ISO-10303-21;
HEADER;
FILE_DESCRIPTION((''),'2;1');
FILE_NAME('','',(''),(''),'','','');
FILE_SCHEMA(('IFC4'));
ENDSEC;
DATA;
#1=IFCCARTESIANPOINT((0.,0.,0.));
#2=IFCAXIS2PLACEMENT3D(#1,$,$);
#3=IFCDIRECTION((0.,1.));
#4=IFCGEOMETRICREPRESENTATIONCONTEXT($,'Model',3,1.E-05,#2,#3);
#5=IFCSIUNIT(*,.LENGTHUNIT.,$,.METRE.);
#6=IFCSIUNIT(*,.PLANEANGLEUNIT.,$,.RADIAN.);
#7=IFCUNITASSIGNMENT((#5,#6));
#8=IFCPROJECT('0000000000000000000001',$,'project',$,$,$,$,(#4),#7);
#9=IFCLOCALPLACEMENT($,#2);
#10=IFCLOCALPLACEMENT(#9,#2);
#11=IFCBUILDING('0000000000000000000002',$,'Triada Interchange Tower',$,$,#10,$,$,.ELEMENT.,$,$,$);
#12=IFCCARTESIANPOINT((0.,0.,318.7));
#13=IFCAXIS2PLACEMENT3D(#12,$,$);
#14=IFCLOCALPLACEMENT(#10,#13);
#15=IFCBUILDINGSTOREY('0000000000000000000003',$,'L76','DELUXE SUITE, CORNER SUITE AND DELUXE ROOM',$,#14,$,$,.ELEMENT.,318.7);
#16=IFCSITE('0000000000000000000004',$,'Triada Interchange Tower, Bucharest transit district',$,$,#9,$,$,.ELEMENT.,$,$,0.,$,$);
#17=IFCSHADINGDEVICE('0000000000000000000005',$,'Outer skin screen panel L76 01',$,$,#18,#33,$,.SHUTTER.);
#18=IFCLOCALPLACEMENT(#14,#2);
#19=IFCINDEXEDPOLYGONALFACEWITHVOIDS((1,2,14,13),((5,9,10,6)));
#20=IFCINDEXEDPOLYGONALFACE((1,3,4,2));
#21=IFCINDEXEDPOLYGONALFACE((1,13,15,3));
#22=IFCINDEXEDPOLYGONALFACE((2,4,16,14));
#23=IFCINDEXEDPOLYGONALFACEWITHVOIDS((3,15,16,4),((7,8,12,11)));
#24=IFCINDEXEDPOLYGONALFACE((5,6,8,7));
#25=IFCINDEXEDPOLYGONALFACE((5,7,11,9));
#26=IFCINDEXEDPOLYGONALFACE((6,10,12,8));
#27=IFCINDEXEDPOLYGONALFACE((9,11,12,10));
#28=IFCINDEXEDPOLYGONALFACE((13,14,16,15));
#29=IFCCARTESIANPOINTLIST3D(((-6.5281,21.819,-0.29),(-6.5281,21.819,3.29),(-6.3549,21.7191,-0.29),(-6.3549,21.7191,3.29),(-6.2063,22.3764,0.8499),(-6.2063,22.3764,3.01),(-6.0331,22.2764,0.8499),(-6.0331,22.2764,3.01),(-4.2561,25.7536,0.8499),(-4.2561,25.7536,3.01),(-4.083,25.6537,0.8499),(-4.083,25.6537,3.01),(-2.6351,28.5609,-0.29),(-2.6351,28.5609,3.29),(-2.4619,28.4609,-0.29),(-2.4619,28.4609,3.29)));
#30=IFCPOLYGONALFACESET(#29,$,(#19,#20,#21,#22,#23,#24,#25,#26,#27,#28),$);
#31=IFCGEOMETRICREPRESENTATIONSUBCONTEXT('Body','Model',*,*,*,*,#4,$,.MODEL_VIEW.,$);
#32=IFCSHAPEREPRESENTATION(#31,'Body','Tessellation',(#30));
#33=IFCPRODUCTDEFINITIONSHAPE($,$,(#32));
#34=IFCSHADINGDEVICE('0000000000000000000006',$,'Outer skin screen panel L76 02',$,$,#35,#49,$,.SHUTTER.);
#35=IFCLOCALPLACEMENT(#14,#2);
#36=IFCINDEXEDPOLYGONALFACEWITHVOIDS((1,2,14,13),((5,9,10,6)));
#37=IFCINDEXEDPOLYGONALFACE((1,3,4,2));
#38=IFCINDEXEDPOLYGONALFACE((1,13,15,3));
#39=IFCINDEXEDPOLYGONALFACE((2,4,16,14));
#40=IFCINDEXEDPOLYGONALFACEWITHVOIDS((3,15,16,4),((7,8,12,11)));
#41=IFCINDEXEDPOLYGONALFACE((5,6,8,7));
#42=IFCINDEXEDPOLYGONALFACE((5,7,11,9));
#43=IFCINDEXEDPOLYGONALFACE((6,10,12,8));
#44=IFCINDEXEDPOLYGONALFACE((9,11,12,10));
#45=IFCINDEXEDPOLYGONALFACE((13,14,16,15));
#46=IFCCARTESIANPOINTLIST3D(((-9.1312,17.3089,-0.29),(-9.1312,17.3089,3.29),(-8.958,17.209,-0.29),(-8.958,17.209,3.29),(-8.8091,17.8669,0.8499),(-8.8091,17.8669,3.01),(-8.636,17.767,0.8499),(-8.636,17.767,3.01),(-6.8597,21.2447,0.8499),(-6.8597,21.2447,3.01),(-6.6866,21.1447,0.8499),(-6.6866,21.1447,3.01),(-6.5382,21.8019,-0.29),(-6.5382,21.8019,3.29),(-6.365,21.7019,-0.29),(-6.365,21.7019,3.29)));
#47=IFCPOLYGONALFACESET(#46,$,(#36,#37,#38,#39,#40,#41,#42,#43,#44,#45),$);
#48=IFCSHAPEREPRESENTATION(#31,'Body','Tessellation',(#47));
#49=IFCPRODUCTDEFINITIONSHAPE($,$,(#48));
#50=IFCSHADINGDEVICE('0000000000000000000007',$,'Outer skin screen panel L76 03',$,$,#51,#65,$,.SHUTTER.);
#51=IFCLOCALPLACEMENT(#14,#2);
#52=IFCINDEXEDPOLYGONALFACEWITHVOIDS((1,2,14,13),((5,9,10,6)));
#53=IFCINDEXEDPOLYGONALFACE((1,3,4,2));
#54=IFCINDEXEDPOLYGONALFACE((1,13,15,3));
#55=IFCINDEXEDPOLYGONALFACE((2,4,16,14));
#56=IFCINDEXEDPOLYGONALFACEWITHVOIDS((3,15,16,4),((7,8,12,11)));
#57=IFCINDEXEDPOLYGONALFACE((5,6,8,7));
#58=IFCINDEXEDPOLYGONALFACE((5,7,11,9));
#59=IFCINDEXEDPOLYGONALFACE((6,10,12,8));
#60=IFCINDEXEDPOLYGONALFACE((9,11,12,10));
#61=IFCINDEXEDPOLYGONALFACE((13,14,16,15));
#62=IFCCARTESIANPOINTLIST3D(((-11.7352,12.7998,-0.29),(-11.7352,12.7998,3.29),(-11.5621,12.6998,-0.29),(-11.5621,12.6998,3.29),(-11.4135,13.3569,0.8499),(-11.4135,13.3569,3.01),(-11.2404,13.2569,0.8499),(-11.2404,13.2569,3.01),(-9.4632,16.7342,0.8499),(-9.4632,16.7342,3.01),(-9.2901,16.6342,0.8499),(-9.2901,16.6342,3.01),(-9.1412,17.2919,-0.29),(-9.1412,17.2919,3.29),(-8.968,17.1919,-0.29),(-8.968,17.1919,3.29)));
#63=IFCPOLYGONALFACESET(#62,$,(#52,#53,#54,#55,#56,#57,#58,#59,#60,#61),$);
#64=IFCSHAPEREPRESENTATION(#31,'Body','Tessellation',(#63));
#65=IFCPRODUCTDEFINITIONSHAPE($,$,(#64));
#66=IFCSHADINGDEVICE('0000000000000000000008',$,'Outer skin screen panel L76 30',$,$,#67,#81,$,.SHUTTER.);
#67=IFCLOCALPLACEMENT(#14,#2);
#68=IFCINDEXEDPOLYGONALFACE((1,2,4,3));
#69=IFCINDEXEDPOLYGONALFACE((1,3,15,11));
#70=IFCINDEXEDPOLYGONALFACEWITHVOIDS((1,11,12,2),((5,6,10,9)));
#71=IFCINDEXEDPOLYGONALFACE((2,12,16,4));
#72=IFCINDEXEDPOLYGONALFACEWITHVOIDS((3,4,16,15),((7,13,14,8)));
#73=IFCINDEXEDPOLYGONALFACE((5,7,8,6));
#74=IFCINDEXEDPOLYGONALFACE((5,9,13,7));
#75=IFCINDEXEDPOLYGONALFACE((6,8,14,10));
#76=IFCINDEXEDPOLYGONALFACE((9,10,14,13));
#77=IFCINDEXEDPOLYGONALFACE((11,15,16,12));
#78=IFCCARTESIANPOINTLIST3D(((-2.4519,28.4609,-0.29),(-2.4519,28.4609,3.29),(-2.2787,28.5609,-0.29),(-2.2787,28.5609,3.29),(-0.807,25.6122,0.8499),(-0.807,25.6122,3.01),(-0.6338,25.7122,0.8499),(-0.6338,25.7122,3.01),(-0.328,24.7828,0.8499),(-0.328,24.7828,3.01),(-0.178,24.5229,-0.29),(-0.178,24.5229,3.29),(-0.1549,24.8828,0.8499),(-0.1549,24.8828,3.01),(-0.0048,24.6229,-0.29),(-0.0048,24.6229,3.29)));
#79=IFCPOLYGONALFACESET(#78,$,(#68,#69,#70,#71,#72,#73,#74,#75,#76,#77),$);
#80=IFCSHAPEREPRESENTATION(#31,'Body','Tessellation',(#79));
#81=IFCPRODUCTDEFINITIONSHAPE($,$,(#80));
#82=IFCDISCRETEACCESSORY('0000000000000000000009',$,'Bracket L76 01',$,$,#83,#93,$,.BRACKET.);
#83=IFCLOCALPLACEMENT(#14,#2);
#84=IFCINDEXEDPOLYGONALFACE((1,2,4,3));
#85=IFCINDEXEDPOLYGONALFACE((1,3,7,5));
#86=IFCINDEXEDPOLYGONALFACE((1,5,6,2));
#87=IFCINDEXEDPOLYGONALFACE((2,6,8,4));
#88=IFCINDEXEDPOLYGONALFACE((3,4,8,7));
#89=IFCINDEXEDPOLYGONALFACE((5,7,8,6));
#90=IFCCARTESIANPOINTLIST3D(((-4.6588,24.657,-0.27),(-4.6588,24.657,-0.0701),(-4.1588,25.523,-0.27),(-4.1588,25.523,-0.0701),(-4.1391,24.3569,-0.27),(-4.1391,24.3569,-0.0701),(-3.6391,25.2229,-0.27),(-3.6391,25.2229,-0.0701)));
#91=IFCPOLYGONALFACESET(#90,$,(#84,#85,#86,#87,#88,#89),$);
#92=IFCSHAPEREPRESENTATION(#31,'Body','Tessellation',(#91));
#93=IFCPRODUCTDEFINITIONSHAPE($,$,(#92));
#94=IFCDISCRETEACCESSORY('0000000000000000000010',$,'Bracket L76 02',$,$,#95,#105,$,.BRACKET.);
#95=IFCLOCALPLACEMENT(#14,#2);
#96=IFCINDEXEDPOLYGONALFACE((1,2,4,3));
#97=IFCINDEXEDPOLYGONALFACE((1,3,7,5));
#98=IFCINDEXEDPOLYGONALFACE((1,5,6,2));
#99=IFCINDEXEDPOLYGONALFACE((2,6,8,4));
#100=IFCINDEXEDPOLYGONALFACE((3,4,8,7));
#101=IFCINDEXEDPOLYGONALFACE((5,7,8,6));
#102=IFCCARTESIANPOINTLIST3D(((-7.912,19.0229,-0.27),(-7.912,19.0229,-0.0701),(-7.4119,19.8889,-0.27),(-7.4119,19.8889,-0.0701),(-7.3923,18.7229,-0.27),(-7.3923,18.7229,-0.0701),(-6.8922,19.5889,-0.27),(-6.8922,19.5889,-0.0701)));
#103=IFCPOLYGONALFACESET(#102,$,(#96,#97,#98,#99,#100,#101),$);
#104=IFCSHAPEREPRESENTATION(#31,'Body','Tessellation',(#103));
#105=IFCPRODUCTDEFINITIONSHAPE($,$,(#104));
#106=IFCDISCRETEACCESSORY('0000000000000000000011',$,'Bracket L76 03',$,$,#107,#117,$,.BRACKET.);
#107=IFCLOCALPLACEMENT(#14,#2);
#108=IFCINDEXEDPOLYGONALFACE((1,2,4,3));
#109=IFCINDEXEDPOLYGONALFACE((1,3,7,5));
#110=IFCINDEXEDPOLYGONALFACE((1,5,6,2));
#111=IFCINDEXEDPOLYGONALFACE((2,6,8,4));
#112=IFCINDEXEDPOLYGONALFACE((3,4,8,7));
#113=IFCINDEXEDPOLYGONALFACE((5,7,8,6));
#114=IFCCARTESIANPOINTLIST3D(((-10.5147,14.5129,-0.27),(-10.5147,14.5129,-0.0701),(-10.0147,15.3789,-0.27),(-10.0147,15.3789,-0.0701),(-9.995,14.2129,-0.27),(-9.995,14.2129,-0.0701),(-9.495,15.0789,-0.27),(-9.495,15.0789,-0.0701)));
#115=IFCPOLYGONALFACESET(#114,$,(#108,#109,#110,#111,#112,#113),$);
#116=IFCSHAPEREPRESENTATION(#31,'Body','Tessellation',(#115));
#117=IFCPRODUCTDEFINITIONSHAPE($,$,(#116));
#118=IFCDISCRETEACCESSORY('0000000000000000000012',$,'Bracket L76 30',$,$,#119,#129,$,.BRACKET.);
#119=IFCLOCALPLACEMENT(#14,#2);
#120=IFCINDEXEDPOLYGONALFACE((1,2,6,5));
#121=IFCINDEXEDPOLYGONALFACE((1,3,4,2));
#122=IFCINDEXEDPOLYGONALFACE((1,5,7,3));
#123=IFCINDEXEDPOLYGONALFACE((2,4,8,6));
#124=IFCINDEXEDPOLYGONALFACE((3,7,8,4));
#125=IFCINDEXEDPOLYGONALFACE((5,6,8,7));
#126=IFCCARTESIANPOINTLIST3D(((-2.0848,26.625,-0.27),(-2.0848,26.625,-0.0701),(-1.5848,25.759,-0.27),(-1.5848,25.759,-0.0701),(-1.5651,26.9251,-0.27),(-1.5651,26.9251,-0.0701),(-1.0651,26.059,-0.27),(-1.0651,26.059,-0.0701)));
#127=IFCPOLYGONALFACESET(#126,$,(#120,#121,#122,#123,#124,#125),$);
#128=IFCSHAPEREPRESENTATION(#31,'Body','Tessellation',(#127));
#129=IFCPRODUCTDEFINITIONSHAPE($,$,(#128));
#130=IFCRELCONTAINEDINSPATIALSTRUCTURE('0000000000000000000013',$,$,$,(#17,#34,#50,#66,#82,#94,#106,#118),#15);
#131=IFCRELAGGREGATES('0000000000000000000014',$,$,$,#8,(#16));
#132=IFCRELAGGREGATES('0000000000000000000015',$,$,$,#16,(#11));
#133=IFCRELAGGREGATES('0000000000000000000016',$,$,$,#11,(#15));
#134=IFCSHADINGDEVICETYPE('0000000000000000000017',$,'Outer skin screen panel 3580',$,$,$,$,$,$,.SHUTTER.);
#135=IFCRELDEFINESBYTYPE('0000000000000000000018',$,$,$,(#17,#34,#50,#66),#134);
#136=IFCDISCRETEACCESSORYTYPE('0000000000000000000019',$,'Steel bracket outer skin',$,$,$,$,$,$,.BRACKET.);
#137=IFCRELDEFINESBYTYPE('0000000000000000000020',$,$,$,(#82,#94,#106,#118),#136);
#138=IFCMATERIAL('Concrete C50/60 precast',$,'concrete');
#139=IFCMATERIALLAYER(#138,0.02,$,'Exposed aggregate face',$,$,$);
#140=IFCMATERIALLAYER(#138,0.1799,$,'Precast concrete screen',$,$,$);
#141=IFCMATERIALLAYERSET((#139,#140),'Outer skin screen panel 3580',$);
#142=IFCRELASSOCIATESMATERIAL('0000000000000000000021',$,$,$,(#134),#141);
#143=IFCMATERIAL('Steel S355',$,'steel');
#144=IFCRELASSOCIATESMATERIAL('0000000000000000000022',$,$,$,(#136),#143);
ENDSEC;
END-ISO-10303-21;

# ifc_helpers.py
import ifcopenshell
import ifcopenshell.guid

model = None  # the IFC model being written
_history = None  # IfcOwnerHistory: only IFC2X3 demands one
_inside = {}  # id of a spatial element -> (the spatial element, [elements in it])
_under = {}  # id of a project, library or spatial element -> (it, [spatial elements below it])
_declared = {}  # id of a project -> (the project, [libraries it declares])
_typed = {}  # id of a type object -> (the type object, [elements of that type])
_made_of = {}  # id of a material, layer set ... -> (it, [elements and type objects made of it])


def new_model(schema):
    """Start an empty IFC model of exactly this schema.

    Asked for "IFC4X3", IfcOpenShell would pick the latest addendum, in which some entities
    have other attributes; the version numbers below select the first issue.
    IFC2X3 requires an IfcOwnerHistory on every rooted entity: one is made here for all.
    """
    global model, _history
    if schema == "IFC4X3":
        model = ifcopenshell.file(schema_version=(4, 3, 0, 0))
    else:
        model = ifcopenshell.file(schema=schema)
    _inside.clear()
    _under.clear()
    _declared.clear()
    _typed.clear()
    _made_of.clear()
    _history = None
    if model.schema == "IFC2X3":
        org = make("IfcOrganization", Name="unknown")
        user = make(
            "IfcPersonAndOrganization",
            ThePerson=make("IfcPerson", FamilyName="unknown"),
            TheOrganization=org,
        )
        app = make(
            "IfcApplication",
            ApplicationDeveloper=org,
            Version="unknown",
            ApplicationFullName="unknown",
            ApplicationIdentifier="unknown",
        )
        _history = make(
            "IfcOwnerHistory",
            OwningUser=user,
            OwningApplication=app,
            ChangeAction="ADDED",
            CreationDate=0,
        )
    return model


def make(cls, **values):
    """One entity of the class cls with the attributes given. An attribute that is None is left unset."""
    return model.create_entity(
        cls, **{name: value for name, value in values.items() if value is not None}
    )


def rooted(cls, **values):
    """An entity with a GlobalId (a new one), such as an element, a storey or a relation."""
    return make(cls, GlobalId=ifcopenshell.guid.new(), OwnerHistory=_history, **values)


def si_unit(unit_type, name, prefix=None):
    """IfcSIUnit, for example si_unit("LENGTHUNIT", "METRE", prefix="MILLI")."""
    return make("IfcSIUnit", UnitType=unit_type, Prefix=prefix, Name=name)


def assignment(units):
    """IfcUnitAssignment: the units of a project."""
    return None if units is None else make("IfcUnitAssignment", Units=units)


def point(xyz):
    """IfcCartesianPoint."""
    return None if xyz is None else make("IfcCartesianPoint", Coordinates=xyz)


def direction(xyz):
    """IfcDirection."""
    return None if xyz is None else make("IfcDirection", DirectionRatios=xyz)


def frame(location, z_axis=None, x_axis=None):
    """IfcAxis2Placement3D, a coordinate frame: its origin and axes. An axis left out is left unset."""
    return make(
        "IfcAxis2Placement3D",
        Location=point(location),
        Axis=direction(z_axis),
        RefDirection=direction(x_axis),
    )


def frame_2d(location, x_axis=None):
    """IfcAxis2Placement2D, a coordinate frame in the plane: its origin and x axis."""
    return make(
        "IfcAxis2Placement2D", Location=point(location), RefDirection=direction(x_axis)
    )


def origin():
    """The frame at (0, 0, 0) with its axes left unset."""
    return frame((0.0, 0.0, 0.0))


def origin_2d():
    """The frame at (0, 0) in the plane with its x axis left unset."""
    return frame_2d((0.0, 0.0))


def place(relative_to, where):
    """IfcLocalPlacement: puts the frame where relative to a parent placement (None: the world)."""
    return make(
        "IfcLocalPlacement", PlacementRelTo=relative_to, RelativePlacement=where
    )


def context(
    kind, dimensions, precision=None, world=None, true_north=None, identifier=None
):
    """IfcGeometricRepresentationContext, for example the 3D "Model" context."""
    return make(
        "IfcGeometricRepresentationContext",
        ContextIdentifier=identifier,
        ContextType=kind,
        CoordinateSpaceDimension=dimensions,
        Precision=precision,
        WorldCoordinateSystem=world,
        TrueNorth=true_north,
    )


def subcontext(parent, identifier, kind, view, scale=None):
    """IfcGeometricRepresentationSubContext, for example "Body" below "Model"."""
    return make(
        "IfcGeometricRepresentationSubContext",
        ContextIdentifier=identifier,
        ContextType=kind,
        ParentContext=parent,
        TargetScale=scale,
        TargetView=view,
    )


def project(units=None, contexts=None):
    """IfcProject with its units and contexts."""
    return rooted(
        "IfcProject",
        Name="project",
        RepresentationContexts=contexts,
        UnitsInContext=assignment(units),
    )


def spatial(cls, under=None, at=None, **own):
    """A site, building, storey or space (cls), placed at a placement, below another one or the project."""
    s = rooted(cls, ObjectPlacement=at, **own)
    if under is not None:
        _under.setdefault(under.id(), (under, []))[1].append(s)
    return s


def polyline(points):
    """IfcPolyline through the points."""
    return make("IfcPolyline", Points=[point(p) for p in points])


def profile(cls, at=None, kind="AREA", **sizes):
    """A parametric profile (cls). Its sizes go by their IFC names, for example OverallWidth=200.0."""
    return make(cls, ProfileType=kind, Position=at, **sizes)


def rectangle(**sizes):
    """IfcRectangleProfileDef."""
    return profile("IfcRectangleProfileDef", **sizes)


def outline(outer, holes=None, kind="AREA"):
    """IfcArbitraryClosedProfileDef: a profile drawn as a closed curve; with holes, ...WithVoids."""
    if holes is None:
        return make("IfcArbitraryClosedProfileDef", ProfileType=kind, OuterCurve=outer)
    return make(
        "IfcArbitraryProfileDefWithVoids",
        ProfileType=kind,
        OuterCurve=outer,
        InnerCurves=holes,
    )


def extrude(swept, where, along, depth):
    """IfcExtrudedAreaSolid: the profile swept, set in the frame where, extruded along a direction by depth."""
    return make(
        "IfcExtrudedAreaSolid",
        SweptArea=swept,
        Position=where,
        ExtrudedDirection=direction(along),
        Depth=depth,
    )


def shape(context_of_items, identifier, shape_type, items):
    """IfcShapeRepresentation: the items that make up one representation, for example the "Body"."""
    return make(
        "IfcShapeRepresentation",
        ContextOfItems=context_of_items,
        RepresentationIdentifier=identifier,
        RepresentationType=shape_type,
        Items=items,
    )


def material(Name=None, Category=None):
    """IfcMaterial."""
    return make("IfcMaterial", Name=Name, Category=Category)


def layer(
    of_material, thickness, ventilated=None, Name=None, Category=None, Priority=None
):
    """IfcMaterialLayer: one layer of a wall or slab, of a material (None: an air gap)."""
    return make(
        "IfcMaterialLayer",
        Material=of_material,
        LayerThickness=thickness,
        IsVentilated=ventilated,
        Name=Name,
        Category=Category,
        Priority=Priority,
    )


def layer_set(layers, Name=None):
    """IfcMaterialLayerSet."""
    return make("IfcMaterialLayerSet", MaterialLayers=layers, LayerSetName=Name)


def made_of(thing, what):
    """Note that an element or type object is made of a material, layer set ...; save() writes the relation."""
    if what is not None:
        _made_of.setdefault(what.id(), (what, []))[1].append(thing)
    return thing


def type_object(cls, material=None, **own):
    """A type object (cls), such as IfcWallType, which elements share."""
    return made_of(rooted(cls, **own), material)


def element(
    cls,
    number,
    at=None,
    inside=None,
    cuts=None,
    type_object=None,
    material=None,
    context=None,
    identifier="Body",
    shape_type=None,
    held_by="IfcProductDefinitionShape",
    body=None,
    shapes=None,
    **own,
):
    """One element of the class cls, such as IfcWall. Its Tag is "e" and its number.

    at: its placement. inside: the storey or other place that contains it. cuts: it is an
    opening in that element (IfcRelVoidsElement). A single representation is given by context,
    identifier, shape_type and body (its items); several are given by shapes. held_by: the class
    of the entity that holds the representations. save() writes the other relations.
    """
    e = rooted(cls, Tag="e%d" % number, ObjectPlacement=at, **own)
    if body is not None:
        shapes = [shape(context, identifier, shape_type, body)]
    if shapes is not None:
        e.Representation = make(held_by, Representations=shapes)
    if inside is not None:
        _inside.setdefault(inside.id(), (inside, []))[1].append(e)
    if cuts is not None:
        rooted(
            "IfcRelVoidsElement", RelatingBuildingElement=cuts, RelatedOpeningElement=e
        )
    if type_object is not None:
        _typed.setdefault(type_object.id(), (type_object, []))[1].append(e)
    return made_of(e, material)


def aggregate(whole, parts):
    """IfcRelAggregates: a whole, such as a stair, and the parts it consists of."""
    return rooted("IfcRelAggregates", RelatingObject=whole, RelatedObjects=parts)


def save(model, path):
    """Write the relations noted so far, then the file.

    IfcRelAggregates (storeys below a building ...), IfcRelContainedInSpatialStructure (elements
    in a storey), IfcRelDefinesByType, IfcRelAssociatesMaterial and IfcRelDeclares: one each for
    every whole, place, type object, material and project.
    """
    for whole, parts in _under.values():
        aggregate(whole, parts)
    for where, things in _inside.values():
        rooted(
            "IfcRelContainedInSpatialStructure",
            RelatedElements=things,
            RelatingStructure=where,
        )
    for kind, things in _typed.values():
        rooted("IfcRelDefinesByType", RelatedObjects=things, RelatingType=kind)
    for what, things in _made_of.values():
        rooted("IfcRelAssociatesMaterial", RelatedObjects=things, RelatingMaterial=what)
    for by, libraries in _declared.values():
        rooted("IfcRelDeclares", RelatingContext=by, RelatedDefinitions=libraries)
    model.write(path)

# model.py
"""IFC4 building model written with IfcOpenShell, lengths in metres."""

from ifc_helpers import new_model, si_unit, direction, frame, origin, origin_2d, place, context, subcontext, project, spatial, polyline, rectangle, outline, extrude, material, layer, layer_set, type_object, element, save


model = new_model("IFC4")

# Units and contexts
model_context = context("Model", 3, precision=1e-05, world=origin(), true_north=direction((0.0, 1.0)))
body_context = subcontext(model_context, "Body", "Model", "MODEL_VIEW")
ifc_project = project(units=[si_unit("LENGTHUNIT", "METRE"), si_unit("PLANEANGLEUNIT", "RADIAN")], contexts=[model_context])

# Site, building, storey
site_placement = place(None, origin())
site = spatial("IfcSite", under=ifc_project, at=site_placement, Name="Triada Interchange Tower, Bucharest transit district", CompositionType="ELEMENT", RefElevation=0.0)
building_placement = place(site_placement, origin())
building = spatial("IfcBuilding", under=site, at=building_placement, Name="Triada Interchange Tower", CompositionType="ELEMENT")
storey_placement = place(building_placement, frame((0.0, 0.0, 318.7)))
storey = spatial("IfcBuildingStorey", under=building, at=storey_placement, Name="L76", Description="DELUXE SUITE, CORNER SUITE AND DELUXE ROOM", CompositionType="ELEMENT", Elevation=318.7)

# Shading devices
ifc_material_1 = material(Name="Concrete C50/60 precast", Category="concrete")
ifc_layer_1 = layer(ifc_material_1, 0.02, Name="Exposed aggregate face")
ifc_layer_2 = layer(ifc_material_1, 0.1799, Name="Precast concrete screen")
ifc_layer_set_1 = layer_set([ifc_layer_1, ifc_layer_2], Name="Outer skin screen panel 3580")
shading_device_type = type_object("IfcShadingDeviceType", Name="Outer skin screen panel 3580", PredefinedType="SHUTTER", material=ifc_layer_set_1)
shading_device_1_placement = place(storey_placement, frame((-2.4619, 28.4609, -0.29), z_axis=(0.0, 0.0, 1.0), x_axis=(-0.500058, -0.865992, 0.0)))
element("IfcShadingDevice", 1, at=shading_device_1_placement, inside=storey, type_object=shading_device_type, Name="Outer skin screen panel L76 01", PredefinedType="SHUTTER", context=body_context, shape_type="SweptSolid", body=[
    extrude(outline(polyline([(0.0, 0.0), (7.7852, 0.0), (7.7852, 3.5801), (0.0, 3.5801), (0.0, 0.0)]), holes=[polyline([(3.2417, 1.1399), (3.2417, 3.3), (7.1416, 3.3), (7.1416, 1.1399), (3.2417, 1.1399)])]), frame((0.0, 0.0, 0.0), z_axis=(0.0, -1.0, 0.0), x_axis=(1.0, 0.0, 0.0)), (0.0, 0.0, 1.0), 0.2),
])
shading_device_2_placement = place(storey_placement, frame((-6.365, 21.7019, -0.29), z_axis=(0.0, 0.0, 1.0), x_axis=(-0.49986, -0.866106, 0.0)))
element("IfcShadingDevice", 2, at=shading_device_2_placement, inside=storey, type_object=shading_device_type, Name="Outer skin screen panel L76 02", PredefinedType="SHUTTER", context=body_context, shape_type="SweptSolid", body=[
    extrude(outline(polyline([(0.0, 0.0), (5.1875, 0.0), (5.1875, 3.5801), (0.0, 3.5801), (0.0, 0.0)]), holes=[polyline([(0.6433, 1.1399), (0.6433, 3.3), (4.5432, 3.3), (4.5432, 1.1399), (0.6433, 1.1399)])]), frame((0.0, 0.0, 0.0), z_axis=(0.0, -1.0, 0.0), x_axis=(1.0, 0.0, 0.0)), (0.0, 0.0, 1.0), 0.2),
])
shading_device_3_placement = place(storey_placement, frame((-8.968, 17.1919, -0.29), z_axis=(0.0, 0.0, 1.0), x_axis=(-0.500082, -0.865978, 0.0)))
element("IfcShadingDevice", 3, at=shading_device_3_placement, inside=storey, type_object=shading_device_type, Name="Outer skin screen panel L76 03", PredefinedType="SHUTTER", context=body_context, shape_type="SweptSolid", body=[
    extrude(outline(polyline([(0.0, 0.0), (5.1873, 0.0), (5.1873, 3.5801), (0.0, 3.5801), (0.0, 0.0)]), holes=[polyline([(0.644, 1.1399), (0.644, 3.3), (4.5439, 3.3), (4.5439, 1.1399), (0.644, 1.1399)])]), frame((0.0, 0.0, 0.0), z_axis=(0.0, -1.0, 0.0), x_axis=(1.0, 0.0, 0.0)), (0.0, 0.0, 1.0), 0.2),
])
shading_device_4_placement = place(storey_placement, frame((-0.178, 24.5229, -0.29), z_axis=(0.0, 0.0, 1.0), x_axis=(-0.500054, 0.865994, 0.0)))
element("IfcShadingDevice", 4, at=shading_device_4_placement, inside=storey, type_object=shading_device_type, Name="Outer skin screen panel L76 30", PredefinedType="SHUTTER", context=body_context, shape_type="SweptSolid", body=[
    extrude(outline(polyline([(0.0, 0.0), (4.5474, 0.0), (4.5474, 3.5801), (0.0, 3.5801), (0.0, 0.0)]), holes=[polyline([(0.3, 1.1399), (0.3, 3.3), (1.2578, 3.3), (1.2578, 1.1399), (0.3, 1.1399)])]), frame((0.0, 0.0, 0.0), z_axis=(0.0, -1.0, 0.0), x_axis=(1.0, 0.0, 0.0)), (0.0, 0.0, 1.0), 0.2),
])

# Discrete accessories
ifc_material_2 = material(Name="Steel S355", Category="steel")
discrete_accessory_type = type_object("IfcDiscreteAccessoryType", Name="Steel bracket outer skin", PredefinedType="BRACKET", material=ifc_material_2)
for number, where, z_axis, x_axis, name in (
    (5, (-4.1489, 24.9399, -0.27), (0.0, 0.0, 1.0), (-0.866025, 0.500001, 0.0), "Bracket L76 01"),
    (6, (-7.4021, 19.3059, -0.27), (0.0, 0.0, 1.0), (-0.866025, 0.500001, 0.0), "Bracket L76 02"),
    (7, (-10.0049, 14.7959, -0.27), (0.0, 0.0, 1.0), (-0.866025, 0.500001, 0.0), "Bracket L76 03"),
    (8, (-1.575, 26.342, -0.27), (0.0, 0.0, 1.0), (0.866043, 0.499969, 0.0), "Bracket L76 30"),
):
    element("IfcDiscreteAccessory", number, at=place(storey_placement, frame(where, z_axis=z_axis, x_axis=x_axis)), inside=storey, type_object=discrete_accessory_type, Name=name, PredefinedType="BRACKET", context=body_context, shape_type="SweptSolid", body=[
        extrude(rectangle(XDim=0.6001, YDim=1.0, at=origin_2d()), origin(), (0.0, 0.0, 1.0), 0.2),
    ])

save(model, "model.ifc")
